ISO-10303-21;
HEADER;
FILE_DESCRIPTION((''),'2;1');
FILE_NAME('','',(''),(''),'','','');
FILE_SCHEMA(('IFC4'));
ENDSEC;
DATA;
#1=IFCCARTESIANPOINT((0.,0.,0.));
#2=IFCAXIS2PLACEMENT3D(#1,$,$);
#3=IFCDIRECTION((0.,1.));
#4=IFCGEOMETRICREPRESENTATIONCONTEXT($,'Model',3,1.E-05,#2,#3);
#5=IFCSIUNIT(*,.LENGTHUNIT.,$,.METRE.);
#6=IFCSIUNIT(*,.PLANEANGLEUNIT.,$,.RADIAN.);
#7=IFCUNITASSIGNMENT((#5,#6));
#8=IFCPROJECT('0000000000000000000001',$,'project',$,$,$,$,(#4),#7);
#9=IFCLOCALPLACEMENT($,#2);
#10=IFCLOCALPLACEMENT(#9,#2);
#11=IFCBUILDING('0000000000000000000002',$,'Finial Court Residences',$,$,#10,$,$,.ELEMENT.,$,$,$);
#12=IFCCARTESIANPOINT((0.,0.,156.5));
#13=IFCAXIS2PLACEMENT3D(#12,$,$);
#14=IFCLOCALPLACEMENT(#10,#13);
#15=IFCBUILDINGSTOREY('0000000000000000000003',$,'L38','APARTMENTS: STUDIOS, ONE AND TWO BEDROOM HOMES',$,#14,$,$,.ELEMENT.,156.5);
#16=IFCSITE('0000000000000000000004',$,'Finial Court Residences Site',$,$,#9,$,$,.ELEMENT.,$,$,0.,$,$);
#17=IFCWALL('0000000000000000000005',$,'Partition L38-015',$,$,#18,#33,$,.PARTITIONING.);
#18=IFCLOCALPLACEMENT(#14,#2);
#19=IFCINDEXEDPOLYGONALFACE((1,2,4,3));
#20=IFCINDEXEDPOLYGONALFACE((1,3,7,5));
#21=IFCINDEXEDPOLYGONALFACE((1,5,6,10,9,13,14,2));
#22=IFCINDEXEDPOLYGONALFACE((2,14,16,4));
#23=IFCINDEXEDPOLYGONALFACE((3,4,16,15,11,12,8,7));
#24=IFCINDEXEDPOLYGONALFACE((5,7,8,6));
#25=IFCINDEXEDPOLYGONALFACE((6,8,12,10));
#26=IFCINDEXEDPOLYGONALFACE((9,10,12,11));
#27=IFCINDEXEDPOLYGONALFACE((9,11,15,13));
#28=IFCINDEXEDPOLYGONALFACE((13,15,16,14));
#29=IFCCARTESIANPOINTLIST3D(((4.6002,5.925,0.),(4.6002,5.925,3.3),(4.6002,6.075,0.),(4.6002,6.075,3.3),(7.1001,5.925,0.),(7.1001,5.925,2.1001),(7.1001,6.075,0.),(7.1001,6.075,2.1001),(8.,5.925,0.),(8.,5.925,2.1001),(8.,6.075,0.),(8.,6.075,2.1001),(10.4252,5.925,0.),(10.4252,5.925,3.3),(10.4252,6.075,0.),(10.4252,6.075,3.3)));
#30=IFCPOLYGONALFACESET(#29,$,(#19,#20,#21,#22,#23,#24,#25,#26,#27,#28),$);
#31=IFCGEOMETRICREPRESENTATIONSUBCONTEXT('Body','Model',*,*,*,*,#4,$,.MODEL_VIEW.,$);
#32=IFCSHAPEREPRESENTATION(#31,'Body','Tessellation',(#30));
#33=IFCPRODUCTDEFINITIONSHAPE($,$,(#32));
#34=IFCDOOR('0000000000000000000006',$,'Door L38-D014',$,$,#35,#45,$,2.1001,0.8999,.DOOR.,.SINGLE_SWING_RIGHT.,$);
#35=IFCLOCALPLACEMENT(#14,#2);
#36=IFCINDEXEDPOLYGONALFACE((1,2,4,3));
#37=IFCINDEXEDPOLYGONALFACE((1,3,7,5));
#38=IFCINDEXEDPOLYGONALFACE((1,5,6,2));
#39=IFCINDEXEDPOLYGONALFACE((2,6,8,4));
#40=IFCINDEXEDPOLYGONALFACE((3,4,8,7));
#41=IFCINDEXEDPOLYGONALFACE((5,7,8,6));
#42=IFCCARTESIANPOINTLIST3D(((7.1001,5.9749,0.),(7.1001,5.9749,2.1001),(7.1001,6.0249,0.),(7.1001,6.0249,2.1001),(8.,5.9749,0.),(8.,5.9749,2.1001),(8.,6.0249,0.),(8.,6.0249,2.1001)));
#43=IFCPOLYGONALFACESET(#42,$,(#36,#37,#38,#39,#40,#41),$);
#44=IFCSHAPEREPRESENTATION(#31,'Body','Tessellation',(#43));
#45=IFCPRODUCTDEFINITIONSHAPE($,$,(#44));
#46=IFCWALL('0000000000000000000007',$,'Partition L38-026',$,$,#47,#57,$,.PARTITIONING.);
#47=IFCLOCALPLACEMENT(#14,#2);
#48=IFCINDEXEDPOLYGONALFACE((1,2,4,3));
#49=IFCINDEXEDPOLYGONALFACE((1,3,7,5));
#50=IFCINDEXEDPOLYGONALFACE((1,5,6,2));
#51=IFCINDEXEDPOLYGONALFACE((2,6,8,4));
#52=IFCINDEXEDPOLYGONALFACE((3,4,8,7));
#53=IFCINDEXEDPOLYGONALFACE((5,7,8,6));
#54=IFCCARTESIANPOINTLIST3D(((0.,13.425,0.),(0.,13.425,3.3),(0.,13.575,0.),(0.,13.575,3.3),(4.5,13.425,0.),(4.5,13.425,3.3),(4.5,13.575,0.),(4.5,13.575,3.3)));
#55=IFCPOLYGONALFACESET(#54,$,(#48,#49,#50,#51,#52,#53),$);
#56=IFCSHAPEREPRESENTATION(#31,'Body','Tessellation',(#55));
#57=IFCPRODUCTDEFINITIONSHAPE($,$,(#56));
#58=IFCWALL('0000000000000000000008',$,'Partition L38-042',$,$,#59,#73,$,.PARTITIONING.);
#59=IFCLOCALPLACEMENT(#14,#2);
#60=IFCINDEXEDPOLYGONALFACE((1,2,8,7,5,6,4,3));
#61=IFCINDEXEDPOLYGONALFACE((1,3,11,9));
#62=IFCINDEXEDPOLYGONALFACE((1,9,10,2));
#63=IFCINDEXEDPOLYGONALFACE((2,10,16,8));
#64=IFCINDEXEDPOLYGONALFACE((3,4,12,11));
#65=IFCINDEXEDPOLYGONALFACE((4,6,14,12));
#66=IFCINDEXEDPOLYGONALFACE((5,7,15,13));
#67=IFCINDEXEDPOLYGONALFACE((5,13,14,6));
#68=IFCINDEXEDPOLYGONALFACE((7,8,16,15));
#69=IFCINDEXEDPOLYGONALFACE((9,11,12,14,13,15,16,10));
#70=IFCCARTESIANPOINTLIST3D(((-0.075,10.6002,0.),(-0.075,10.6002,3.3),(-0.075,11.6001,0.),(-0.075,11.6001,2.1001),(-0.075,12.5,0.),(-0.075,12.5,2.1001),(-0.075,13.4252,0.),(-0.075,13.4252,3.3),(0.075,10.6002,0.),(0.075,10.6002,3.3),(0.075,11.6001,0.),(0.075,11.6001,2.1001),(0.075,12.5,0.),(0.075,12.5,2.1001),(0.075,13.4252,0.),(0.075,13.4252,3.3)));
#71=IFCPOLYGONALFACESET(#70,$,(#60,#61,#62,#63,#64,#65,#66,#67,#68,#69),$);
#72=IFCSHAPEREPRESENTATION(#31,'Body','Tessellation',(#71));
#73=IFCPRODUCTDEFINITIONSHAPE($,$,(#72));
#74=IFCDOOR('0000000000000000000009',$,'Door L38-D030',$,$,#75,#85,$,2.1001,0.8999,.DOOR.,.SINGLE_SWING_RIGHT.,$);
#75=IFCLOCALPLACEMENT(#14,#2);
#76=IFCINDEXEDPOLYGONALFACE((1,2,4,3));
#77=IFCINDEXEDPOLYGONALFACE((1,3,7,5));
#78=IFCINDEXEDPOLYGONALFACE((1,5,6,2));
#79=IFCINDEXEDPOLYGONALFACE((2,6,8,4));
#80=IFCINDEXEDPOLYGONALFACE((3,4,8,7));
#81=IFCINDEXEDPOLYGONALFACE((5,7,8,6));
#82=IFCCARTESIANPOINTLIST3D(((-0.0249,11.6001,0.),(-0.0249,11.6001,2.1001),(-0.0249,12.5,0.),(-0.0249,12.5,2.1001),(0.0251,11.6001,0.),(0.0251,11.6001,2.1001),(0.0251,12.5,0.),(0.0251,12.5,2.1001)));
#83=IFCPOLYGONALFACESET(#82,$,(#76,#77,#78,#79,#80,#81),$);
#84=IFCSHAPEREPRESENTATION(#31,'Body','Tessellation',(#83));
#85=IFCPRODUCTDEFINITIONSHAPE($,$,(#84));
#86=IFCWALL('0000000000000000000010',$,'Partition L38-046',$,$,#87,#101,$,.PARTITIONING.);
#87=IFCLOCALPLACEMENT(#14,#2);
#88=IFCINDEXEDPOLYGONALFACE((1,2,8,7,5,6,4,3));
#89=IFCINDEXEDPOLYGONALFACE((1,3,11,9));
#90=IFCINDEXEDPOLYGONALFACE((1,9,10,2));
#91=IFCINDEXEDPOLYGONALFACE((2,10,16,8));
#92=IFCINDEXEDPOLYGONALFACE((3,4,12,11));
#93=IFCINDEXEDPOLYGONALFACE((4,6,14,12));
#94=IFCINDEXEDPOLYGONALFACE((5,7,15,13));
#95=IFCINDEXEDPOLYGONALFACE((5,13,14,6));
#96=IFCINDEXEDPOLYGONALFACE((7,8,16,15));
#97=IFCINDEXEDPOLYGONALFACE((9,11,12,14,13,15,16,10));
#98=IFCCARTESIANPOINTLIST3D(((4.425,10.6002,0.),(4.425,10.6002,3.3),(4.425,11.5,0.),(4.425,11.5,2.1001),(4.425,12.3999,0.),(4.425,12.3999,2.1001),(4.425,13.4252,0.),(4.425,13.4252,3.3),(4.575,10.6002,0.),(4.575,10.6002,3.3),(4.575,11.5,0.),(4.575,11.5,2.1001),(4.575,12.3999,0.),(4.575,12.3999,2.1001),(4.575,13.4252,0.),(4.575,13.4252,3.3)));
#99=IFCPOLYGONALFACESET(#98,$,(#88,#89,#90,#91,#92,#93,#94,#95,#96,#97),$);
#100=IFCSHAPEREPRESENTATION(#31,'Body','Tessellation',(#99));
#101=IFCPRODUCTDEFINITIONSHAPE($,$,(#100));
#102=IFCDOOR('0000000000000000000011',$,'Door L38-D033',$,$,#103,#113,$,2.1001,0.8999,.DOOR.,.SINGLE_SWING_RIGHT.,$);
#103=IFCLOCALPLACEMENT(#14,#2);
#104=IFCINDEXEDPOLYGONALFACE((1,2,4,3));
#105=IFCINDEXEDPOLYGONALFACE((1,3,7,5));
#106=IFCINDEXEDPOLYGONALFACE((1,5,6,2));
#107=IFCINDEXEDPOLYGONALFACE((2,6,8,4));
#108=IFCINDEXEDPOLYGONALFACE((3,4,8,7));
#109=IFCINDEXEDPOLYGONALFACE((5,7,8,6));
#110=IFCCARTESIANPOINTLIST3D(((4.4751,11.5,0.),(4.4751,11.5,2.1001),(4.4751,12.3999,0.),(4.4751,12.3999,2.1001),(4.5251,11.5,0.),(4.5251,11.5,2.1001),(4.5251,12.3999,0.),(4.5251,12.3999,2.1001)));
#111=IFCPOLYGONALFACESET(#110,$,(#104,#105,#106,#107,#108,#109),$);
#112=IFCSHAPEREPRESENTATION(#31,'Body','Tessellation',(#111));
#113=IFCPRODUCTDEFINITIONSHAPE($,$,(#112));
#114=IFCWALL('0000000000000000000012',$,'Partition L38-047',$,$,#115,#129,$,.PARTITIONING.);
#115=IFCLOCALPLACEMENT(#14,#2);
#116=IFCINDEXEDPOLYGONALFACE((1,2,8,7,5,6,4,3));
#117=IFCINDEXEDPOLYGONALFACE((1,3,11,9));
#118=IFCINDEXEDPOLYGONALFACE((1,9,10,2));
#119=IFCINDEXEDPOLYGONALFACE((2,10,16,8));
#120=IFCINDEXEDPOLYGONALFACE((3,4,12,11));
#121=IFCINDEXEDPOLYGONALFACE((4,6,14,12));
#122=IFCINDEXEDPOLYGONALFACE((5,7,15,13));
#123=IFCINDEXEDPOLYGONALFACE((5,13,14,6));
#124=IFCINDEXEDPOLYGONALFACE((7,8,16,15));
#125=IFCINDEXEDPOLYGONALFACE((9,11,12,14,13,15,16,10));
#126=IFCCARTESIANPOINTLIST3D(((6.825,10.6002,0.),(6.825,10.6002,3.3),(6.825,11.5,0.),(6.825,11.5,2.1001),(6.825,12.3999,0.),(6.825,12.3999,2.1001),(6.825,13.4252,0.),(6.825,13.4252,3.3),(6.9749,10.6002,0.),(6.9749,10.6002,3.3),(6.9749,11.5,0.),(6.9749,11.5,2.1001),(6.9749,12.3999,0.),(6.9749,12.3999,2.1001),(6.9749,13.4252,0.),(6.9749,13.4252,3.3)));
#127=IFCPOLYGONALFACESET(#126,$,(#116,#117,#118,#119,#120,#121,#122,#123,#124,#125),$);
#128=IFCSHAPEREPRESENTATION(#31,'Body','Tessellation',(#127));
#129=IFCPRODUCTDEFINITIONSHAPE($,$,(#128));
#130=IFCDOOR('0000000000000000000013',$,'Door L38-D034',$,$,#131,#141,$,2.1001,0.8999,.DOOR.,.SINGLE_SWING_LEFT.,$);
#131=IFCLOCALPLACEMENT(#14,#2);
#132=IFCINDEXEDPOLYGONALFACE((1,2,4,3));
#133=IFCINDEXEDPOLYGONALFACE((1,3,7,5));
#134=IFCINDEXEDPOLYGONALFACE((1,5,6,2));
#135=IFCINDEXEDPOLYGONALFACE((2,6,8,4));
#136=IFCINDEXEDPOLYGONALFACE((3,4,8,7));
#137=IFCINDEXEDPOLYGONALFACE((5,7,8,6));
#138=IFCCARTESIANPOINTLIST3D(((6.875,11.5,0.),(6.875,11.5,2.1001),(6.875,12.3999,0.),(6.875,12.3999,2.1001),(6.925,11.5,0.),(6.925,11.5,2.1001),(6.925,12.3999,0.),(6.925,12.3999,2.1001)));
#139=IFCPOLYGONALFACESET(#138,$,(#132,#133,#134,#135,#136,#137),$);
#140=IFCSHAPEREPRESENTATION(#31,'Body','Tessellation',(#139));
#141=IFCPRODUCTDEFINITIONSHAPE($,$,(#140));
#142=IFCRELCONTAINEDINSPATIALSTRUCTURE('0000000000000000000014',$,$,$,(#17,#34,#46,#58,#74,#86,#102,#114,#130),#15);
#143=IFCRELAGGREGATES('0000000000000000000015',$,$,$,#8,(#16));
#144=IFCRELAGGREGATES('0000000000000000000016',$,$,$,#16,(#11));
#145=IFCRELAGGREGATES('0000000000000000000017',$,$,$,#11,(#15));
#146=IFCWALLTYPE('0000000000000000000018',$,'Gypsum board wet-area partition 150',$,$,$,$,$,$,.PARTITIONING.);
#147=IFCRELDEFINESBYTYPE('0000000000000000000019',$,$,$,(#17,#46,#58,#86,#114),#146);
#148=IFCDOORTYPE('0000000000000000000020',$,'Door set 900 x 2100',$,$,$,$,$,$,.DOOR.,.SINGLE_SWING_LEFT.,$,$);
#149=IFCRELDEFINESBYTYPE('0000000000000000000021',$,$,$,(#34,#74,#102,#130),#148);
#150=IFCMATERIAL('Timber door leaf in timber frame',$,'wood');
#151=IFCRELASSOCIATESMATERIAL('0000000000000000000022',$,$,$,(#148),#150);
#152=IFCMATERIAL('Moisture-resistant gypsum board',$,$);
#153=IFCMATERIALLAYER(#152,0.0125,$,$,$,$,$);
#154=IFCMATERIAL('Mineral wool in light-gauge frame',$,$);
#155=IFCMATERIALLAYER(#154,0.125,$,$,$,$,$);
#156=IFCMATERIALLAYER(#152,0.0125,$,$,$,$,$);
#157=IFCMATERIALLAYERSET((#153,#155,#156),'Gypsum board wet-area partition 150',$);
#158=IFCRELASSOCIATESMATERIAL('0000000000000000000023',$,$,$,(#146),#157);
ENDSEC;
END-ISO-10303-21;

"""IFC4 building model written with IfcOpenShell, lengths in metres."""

from ifc_helpers import new_model, si_unit, direction, frame, frame_2d, origin, place, context, subcontext, project, spatial, rectangle, extrude, material, layer, layer_set, type_object, element, fill, save


model = new_model("IFC4")

# Units and contexts
model_context = context("Model", 3, precision=1e-05, world=origin(), true_north=direction((0.0, 1.0)))
body_context = subcontext(model_context, "Body", "Model", "MODEL_VIEW")
ifc_project = project(units=[si_unit("LENGTHUNIT", "METRE"), si_unit("PLANEANGLEUNIT", "RADIAN")], contexts=[model_context])

# Site, building, storey
site_placement = place(None, origin())
site = spatial("IfcSite", under=ifc_project, at=site_placement, Name="Finial Court Residences Site", CompositionType="ELEMENT", RefElevation=0.0)
building_placement = place(site_placement, origin())
building = spatial("IfcBuilding", under=site, at=building_placement, Name="Finial Court Residences", CompositionType="ELEMENT")
storey_placement = place(building_placement, frame((0.0, 0.0, 156.5)))
storey = spatial("IfcBuildingStorey", under=building, at=storey_placement, Name="L38", Description="APARTMENTS: STUDIOS, ONE AND TWO BEDROOM HOMES", CompositionType="ELEMENT", Elevation=156.5)

# Wall, opening, door
ifc_material_1 = material(Name="Mineral wool in light-gauge frame")
ifc_material_2 = material(Name="Timber door leaf in timber frame", Category="wood")
door_type = type_object("IfcDoorType", Name="Door set 900 x 2100", OperationType="SINGLE_SWING_LEFT", PredefinedType="DOOR", material=ifc_material_2)
ifc_material_3 = material(Name="Moisture-resistant gypsum board")
ifc_layer_1 = layer(ifc_material_3, 0.0125)
ifc_layer_2 = layer(ifc_material_1, 0.125)
ifc_layer_3 = layer(ifc_material_3, 0.0125)
ifc_layer_set_1 = layer_set([ifc_layer_1, ifc_layer_2, ifc_layer_3], Name="Gypsum board wet-area partition 150")
wall_type_1 = type_object("IfcWallType", Name="Gypsum board wet-area partition 150", PredefinedType="PARTITIONING", material=ifc_layer_set_1)
wall_1_placement = place(storey_placement, frame((4.6001, 6.0, 0.0), z_axis=(0.0, 0.0, 1.0), x_axis=(1.0, 0.0, 0.0)))
wall_1 = element("IfcWall", 1, at=wall_1_placement, inside=storey, type_object=wall_type_1, Name="Partition L38-015", PredefinedType="PARTITIONING", context=body_context, shape_type="SweptSolid", body=[
    extrude(rectangle(XDim=5.825, YDim=0.1499, at=frame_2d((2.9126, 0.0))), origin(), (0.0, 0.0, 1.0), 3.3),
])
opening_1_placement = place(wall_1_placement, frame((2.5, 0.0, 0.0)))
opening_1 = element("IfcOpeningElement", 2, at=opening_1_placement, cuts=wall_1, PredefinedType="OPENING", context=body_context, shape_type="SweptSolid", body=[
    extrude(rectangle(XDim=0.8999, YDim=2.1001, at=frame_2d((0.45, 1.05))), frame((0.0, 0.085, 0.0), z_axis=(0.0, -1.0, 0.0), x_axis=(1.0, 0.0, 0.0)), (0.0, 0.0, 1.0), 0.1699),
])
door_1_placement = place(opening_1_placement, origin())
door_1 = element("IfcDoor", 3, at=door_1_placement, inside=storey, type_object=door_type, Name="Door L38-D014", OperationType="SINGLE_SWING_RIGHT", OverallHeight=2.1001, OverallWidth=0.8999, PredefinedType="DOOR", context=body_context, shape_type="SweptSolid", body=[
    extrude(rectangle(XDim=0.8999, YDim=2.1001, at=frame_2d((0.45, 1.05))), frame((0.0, 0.0249, 0.0), z_axis=(0.0, -1.0, 0.0), x_axis=(1.0, 0.0, 0.0)), (0.0, 0.0, 1.0), 0.05),
])
fill(opening_1, door_1)

# Wall
wall_2_placement = place(storey_placement, frame((0.0, 13.5, 0.0), z_axis=(0.0, 0.0, 1.0), x_axis=(1.0, 0.0, 0.0)))
element("IfcWall", 4, at=wall_2_placement, inside=storey, type_object=wall_type_1, Name="Partition L38-026", PredefinedType="PARTITIONING", context=body_context, shape_type="SweptSolid", body=[
    extrude(rectangle(XDim=4.5, YDim=0.1499, at=frame_2d((2.25, 0.0))), origin(), (0.0, 0.0, 1.0), 3.3),
])

# Walls, openings, doors
wall_3_placement = place(storey_placement, frame((0.0, 10.6001, 0.0), z_axis=(0.0, 0.0, 1.0), x_axis=(0.0, 1.0, 0.0)))
wall_3 = element("IfcWall", 5, at=wall_3_placement, inside=storey, type_object=wall_type_1, Name="Partition L38-042", PredefinedType="PARTITIONING", context=body_context, shape_type="SweptSolid", body=[
    extrude(rectangle(XDim=2.825, YDim=0.1499, at=frame_2d((1.4126, 0.0))), origin(), (0.0, 0.0, 1.0), 3.3),
])
opening_2_placement = place(wall_3_placement, frame((1.0, 0.0, 0.0)))
opening_2 = element("IfcOpeningElement", 6, at=opening_2_placement, cuts=wall_3, PredefinedType="OPENING", context=body_context, shape_type="SweptSolid", body=[
    extrude(rectangle(XDim=0.8999, YDim=2.1001, at=frame_2d((0.45, 1.05))), frame((0.0, 0.085, 0.0), z_axis=(0.0, -1.0, 0.0), x_axis=(1.0, 0.0, 0.0)), (0.0, 0.0, 1.0), 0.1699),
])
door_2_placement = place(opening_2_placement, origin())
door_2 = element("IfcDoor", 7, at=door_2_placement, inside=storey, type_object=door_type, Name="Door L38-D030", OperationType="SINGLE_SWING_RIGHT", OverallHeight=2.1001, OverallWidth=0.8999, PredefinedType="DOOR", context=body_context, shape_type="SweptSolid", body=[
    extrude(rectangle(XDim=0.8999, YDim=2.1001, at=frame_2d((0.45, 1.05))), frame((0.0, 0.0249, 0.0), z_axis=(0.0, -1.0, 0.0), x_axis=(1.0, 0.0, 0.0)), (0.0, 0.0, 1.0), 0.05),
])
fill(opening_2, door_2)
wall_4_placement = place(storey_placement, frame((4.5, 10.6001, 0.0), z_axis=(0.0, 0.0, 1.0), x_axis=(0.0, 1.0, 0.0)))
wall_4 = element("IfcWall", 8, at=wall_4_placement, inside=storey, type_object=wall_type_1, Name="Partition L38-046", PredefinedType="PARTITIONING", context=body_context, shape_type="SweptSolid", body=[
    extrude(rectangle(XDim=2.825, YDim=0.1499, at=frame_2d((1.4126, 0.0))), origin(), (0.0, 0.0, 1.0), 3.3),
])
opening_3_placement = place(wall_4_placement, frame((0.8999, 0.0, 0.0)))
opening_3 = element("IfcOpeningElement", 9, at=opening_3_placement, cuts=wall_4, PredefinedType="OPENING", context=body_context, shape_type="SweptSolid", body=[
    extrude(rectangle(XDim=0.8999, YDim=2.1001, at=frame_2d((0.45, 1.05))), frame((0.0, 0.085, 0.0), z_axis=(0.0, -1.0, 0.0), x_axis=(1.0, 0.0, 0.0)), (0.0, 0.0, 1.0), 0.1699),
])
door_3_placement = place(opening_3_placement, origin())
door_3 = element("IfcDoor", 10, at=door_3_placement, inside=storey, type_object=door_type, Name="Door L38-D033", OperationType="SINGLE_SWING_RIGHT", OverallHeight=2.1001, OverallWidth=0.8999, PredefinedType="DOOR", context=body_context, shape_type="SweptSolid", body=[
    extrude(rectangle(XDim=0.8999, YDim=2.1001, at=frame_2d((0.45, 1.05))), frame((0.0, 0.0249, 0.0), z_axis=(0.0, -1.0, 0.0), x_axis=(1.0, 0.0, 0.0)), (0.0, 0.0, 1.0), 0.05),
])
fill(opening_3, door_3)
wall_5_placement = place(storey_placement, frame((6.8999, 10.6001, 0.0), z_axis=(0.0, 0.0, 1.0), x_axis=(0.0, 1.0, 0.0)))
wall_5 = element("IfcWall", 11, at=wall_5_placement, inside=storey, type_object=wall_type_1, Name="Partition L38-047", PredefinedType="PARTITIONING", context=body_context, shape_type="SweptSolid", body=[
    extrude(rectangle(XDim=2.825, YDim=0.1499, at=frame_2d((1.4126, 0.0))), origin(), (0.0, 0.0, 1.0), 3.3),
])
opening_4_placement = place(wall_5_placement, frame((0.8999, 0.0, 0.0)))
opening_4 = element("IfcOpeningElement", 12, at=opening_4_placement, cuts=wall_5, PredefinedType="OPENING", context=body_context, shape_type="SweptSolid", body=[
    extrude(rectangle(XDim=0.8999, YDim=2.1001, at=frame_2d((0.45, 1.05))), frame((0.0, 0.085, 0.0), z_axis=(0.0, -1.0, 0.0), x_axis=(1.0, 0.0, 0.0)), (0.0, 0.0, 1.0), 0.1699),
])
door_4_placement = place(opening_4_placement, origin())
door_4 = element("IfcDoor", 13, at=door_4_placement, inside=storey, type_object=door_type, Name="Door L38-D034", OperationType="SINGLE_SWING_LEFT", OverallHeight=2.1001, OverallWidth=0.8999, PredefinedType="DOOR", context=body_context, shape_type="SweptSolid", body=[
    extrude(rectangle(XDim=0.8999, YDim=2.1001, at=frame_2d((0.45, 1.05))), frame((0.0, 0.0249, 0.0), z_axis=(0.0, -1.0, 0.0), x_axis=(1.0, 0.0, 0.0)), (0.0, 0.0, 1.0), 0.05),
])
fill(opening_4, door_4)

save(model, "model.ifc")
